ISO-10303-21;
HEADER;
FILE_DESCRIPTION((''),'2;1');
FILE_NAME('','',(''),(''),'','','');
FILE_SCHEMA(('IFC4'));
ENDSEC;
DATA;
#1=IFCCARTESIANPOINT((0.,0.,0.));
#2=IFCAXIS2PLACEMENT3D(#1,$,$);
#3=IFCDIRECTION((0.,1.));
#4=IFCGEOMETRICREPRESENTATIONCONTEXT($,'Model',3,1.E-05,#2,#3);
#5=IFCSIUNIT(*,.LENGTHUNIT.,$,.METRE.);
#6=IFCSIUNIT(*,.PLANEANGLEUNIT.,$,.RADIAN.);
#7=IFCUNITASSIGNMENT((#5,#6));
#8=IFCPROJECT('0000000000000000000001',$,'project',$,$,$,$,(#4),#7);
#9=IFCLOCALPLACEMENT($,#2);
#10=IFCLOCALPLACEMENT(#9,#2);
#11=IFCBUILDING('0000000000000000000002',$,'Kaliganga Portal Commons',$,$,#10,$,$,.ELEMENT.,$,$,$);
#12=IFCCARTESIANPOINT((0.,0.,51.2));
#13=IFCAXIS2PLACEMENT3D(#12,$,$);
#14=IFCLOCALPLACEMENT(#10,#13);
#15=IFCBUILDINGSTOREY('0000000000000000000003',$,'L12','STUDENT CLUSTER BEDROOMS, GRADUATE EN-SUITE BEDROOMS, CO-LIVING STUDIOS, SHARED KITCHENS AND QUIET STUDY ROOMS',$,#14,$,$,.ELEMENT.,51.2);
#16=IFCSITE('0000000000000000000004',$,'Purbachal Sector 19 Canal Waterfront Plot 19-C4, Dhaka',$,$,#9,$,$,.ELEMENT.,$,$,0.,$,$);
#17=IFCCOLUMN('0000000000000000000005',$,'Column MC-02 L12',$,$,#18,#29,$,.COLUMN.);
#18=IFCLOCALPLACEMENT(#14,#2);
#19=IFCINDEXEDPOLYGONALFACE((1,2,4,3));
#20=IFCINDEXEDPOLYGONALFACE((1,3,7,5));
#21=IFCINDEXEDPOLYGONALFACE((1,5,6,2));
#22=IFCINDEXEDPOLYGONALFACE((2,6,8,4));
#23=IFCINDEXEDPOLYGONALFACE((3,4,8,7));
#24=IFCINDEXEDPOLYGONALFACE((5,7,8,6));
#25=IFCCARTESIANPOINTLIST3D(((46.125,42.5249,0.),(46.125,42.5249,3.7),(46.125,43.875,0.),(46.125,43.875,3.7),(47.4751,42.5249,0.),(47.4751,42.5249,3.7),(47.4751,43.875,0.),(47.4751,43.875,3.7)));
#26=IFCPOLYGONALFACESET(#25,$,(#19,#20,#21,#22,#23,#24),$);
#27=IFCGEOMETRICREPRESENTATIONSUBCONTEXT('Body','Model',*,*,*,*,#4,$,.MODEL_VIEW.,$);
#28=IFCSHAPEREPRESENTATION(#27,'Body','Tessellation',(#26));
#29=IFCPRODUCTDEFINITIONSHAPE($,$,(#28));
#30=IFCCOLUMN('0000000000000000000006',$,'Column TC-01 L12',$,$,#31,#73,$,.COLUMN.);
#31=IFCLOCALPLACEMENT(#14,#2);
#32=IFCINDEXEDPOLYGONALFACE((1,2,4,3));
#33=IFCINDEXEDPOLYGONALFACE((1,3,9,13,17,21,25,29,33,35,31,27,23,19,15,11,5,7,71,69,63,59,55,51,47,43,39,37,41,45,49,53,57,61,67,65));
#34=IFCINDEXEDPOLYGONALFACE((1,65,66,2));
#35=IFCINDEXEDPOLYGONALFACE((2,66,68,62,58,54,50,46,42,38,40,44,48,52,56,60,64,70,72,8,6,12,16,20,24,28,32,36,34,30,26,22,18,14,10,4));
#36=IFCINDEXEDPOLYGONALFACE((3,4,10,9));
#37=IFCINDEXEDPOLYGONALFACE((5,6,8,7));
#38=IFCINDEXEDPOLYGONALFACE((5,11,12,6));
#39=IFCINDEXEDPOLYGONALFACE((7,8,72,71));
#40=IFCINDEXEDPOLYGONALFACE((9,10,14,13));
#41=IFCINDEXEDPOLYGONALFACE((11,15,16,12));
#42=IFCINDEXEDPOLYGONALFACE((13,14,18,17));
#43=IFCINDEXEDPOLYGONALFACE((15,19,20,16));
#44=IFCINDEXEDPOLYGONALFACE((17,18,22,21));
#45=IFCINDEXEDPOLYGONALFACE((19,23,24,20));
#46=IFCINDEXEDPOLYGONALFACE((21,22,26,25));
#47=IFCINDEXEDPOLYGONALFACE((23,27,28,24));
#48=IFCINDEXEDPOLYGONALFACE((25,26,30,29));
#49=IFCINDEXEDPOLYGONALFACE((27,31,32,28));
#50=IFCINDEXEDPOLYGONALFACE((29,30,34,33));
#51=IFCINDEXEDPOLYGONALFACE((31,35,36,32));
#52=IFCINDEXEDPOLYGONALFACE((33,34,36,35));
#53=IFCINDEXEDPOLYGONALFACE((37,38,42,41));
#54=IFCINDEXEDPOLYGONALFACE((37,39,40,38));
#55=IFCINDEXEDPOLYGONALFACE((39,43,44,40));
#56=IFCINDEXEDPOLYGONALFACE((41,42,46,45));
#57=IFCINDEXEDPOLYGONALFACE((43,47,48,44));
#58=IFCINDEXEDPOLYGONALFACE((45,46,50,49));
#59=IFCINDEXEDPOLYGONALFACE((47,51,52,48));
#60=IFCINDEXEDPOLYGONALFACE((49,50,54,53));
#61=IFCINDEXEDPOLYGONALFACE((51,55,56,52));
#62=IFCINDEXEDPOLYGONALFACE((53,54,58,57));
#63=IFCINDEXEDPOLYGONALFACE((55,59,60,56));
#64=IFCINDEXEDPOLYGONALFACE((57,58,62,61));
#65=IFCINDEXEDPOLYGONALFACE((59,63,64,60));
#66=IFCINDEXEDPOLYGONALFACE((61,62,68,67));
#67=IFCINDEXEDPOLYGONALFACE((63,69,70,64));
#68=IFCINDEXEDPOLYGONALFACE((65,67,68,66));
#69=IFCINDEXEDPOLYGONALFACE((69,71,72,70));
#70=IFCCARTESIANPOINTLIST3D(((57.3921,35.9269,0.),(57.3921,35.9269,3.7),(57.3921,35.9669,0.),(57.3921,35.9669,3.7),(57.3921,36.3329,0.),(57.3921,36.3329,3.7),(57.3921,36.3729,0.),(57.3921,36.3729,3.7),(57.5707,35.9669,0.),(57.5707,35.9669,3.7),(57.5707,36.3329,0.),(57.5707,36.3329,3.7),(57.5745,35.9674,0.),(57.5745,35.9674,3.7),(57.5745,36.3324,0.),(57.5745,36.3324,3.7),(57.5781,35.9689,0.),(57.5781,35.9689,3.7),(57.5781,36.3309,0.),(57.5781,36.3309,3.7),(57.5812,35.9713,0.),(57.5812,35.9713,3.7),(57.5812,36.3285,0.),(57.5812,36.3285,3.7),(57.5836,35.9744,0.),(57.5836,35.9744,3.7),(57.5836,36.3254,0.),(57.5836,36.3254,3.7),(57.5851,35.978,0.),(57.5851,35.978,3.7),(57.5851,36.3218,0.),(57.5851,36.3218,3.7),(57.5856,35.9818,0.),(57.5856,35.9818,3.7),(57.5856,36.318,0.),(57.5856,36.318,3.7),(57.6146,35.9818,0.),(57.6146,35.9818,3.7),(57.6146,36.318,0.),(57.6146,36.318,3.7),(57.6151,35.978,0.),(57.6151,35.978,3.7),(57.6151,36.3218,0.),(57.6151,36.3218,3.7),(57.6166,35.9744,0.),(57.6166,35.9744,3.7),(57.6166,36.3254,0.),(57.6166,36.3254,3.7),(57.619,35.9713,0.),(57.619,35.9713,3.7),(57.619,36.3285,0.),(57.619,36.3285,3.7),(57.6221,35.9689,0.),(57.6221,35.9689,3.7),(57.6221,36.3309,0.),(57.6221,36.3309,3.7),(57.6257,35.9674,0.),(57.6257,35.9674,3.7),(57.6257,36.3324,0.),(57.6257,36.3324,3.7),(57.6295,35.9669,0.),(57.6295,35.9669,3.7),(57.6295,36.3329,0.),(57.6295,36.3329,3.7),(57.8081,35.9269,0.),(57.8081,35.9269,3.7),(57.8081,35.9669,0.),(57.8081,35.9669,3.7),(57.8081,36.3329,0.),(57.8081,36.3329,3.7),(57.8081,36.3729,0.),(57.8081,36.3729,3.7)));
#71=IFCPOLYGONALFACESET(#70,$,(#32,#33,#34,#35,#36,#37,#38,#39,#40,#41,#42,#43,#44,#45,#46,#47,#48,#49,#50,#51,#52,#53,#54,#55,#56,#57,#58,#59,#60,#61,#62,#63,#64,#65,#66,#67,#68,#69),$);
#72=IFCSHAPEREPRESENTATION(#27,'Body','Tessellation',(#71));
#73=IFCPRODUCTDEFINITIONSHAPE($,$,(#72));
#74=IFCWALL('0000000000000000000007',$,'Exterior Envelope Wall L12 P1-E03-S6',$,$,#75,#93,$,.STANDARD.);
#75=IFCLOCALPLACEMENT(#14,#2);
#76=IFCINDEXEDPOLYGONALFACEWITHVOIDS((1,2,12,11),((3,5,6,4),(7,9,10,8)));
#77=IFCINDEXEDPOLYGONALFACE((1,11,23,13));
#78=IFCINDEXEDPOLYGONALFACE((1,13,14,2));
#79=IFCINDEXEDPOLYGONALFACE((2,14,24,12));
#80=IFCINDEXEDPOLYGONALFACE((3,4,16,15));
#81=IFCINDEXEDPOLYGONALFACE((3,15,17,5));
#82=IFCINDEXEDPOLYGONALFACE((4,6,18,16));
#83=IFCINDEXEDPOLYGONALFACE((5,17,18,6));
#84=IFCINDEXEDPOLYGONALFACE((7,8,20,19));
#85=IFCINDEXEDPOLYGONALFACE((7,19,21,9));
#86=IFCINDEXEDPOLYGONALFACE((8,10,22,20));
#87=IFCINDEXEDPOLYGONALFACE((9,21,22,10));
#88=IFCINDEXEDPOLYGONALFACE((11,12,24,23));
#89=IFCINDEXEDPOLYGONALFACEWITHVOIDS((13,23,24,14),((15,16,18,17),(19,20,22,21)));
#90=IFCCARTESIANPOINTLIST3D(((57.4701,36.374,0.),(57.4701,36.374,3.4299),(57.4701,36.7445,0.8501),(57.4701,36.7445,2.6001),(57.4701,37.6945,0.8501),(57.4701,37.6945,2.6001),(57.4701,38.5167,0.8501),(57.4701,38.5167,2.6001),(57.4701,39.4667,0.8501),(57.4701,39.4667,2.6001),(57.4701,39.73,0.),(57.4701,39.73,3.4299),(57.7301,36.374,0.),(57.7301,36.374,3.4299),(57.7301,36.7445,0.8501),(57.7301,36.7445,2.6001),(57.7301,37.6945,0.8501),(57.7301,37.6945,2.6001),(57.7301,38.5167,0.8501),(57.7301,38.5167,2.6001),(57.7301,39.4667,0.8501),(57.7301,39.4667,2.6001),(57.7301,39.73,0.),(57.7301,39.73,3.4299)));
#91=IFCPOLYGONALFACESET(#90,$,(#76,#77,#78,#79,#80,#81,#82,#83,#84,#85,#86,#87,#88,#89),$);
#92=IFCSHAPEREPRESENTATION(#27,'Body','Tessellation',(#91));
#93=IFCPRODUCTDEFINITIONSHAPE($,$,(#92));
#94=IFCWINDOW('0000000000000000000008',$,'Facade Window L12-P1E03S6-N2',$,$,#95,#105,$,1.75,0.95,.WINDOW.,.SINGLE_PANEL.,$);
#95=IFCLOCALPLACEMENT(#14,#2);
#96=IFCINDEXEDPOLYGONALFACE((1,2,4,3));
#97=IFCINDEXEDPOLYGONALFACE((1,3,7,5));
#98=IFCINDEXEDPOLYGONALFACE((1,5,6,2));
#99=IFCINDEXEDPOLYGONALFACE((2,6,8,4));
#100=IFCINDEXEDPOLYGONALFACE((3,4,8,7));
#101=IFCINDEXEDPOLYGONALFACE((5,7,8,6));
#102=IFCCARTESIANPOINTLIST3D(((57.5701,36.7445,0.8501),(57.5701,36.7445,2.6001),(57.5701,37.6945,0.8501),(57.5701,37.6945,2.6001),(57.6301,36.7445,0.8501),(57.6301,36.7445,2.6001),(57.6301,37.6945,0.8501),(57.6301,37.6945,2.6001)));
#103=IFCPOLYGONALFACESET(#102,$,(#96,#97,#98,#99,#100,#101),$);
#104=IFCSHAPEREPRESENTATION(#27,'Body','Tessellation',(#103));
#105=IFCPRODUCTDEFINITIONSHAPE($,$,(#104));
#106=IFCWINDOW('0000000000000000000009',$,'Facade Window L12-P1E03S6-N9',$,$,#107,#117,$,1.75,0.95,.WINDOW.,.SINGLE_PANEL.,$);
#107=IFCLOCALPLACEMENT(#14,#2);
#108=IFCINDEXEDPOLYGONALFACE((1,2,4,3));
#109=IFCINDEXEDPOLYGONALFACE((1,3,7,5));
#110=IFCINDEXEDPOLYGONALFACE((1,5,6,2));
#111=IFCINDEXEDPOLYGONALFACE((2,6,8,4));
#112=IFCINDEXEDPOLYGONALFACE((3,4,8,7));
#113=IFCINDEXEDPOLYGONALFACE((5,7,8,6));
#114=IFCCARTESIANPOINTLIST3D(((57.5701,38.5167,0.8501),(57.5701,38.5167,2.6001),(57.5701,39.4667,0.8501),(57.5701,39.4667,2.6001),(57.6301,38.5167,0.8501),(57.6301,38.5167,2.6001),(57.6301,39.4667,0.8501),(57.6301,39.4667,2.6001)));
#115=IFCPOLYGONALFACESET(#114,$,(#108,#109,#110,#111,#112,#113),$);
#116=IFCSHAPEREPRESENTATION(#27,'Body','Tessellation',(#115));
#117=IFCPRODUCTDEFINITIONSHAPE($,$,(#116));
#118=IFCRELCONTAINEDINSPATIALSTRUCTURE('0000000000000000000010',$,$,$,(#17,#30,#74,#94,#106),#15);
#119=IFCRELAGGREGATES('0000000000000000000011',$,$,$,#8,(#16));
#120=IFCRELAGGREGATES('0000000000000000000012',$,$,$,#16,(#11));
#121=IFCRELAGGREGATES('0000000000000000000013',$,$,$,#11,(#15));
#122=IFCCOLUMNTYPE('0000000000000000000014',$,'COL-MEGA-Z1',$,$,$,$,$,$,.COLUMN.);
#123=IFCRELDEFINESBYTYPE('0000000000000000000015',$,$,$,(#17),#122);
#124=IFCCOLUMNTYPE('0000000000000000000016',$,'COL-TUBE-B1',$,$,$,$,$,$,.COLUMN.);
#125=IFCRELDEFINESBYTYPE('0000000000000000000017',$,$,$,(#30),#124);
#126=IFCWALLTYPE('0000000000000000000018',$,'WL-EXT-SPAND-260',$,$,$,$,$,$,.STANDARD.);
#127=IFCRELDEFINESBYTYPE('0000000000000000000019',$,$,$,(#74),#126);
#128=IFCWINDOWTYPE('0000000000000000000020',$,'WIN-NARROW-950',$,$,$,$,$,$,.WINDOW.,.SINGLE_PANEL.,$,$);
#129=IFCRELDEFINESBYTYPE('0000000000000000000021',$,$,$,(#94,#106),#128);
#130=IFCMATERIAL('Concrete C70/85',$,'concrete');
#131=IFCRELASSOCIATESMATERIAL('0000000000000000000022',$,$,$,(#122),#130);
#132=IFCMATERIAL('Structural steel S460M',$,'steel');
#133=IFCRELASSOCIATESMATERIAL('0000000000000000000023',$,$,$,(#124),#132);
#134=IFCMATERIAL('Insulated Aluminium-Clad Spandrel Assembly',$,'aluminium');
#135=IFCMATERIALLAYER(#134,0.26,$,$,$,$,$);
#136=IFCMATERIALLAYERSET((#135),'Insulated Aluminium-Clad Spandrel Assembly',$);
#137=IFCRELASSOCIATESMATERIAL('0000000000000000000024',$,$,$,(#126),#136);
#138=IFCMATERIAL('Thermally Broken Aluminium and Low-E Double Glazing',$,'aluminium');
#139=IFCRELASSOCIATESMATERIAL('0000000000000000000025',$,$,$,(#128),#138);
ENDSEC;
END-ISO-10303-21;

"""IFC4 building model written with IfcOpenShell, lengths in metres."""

from ifc_helpers import new_model, si_unit, direction, frame, frame_2d, origin, origin_2d, place, context, subcontext, project, spatial, rectangle, i_section, extrude, source, transform, mapped, material, layer, layer_set, material_profile, profile_set, type_object, element, fill, save


model = new_model("IFC4")

# Units and contexts
model_context = context("Model", 3, precision=1e-05, world=origin(), true_north=direction((0.0, 1.0)))
body_context = subcontext(model_context, "Body", "Model", "MODEL_VIEW")
ifc_project = project(units=[si_unit("LENGTHUNIT", "METRE"), si_unit("PLANEANGLEUNIT", "RADIAN")], contexts=[model_context])

# Site, building, storey
site_placement = place(None, origin())
site = spatial("IfcSite", under=ifc_project, at=site_placement, Name="Purbachal Sector 19 Canal Waterfront Plot 19-C4, Dhaka", CompositionType="ELEMENT", RefElevation=0.0)
building_placement = place(site_placement, origin())
building = spatial("IfcBuilding", under=site, at=building_placement, Name="Kaliganga Portal Commons", CompositionType="ELEMENT")
storey_placement = place(building_placement, frame((0.0, 0.0, 51.2)))
storey = spatial("IfcBuildingStorey", under=building, at=storey_placement, Name="L12", Description="STUDENT CLUSTER BEDROOMS, GRADUATE EN-SUITE BEDROOMS, CO-LIVING STUDIOS, SHARED KITCHENS AND QUIET STUDY ROOMS", CompositionType="ELEMENT", Elevation=51.2)

# Columns
ifc_material_1 = material(Name="Concrete C70/85", Category="concrete")
ifc_material_profile_1 = material_profile(ifc_material_1, rectangle(XDim=1.3501, YDim=1.3501, at=origin_2d()), Name="RC 1350x1350")
ifc_profile_set_1 = profile_set([ifc_material_profile_1], Name="Concrete C70/85")
column_type_1 = type_object("IfcColumnType", Name="COL-MEGA-Z1", PredefinedType="COLUMN", material=ifc_profile_set_1)
shared_shape_1 = source(origin(), body_context, "Body", "SweptSolid", [
    extrude(rectangle(XDim=1.3501, YDim=1.3501, at=origin_2d()), origin(), (0.0, 0.0, 1.0), 3.7),
])
column_1_placement = place(storey_placement, frame((46.8, 43.2, 0.0), z_axis=(0.0, 0.0, 1.0), x_axis=(1.0, 0.0, 0.0)))
element("IfcColumn", 1, at=column_1_placement, inside=storey, type_object=column_type_1, Name="Column MC-02 L12", PredefinedType="COLUMN", context=body_context, shape_type="MappedRepresentation", body=[
    mapped(shared_shape_1, transform((0.0, 0.0, 0.0), x_axis=(1.0, 0.0, 0.0), y_axis=(0.0, 1.0, 0.0), z_axis=(0.0, 0.0, 1.0), scale=1.0)),
])
ifc_material_2 = material(Name="Structural steel S460M", Category="steel")
ifc_material_profile_2 = material_profile(ifc_material_2, i_section(OverallWidth=0.416, OverallDepth=0.446, WebThickness=0.0291, FlangeThickness=0.04, FilletRadius=0.0149, at=origin_2d()), Name="HD 400x509")
ifc_profile_set_2 = profile_set([ifc_material_profile_2], Name="Structural steel S460M wide-flange")
column_type_2 = type_object("IfcColumnType", Name="COL-TUBE-B1", PredefinedType="COLUMN", material=ifc_profile_set_2)
shared_shape_2 = source(origin(), body_context, "Body", "SweptSolid", [
    extrude(i_section(OverallWidth=0.416, OverallDepth=0.446, WebThickness=0.0291, FlangeThickness=0.04, FilletRadius=0.0149, at=origin_2d()), origin(), (0.0, 0.0, 1.0), 3.7),
])
column_2_placement = place(storey_placement, frame((57.6001, 36.1499, 0.0), z_axis=(0.0, 0.0, 1.0), x_axis=(1.0, 0.0, 0.0)))
element("IfcColumn", 2, at=column_2_placement, inside=storey, type_object=column_type_2, Name="Column TC-01 L12", PredefinedType="COLUMN", context=body_context, shape_type="MappedRepresentation", body=[
    mapped(shared_shape_2, transform((0.0, 0.0, 0.0), x_axis=(1.0, 0.0, 0.0), y_axis=(0.0, 1.0, 0.0), z_axis=(0.0, 0.0, 1.0), scale=1.0)),
])

# Wall, openings, windows
ifc_material_3 = material(Name="Insulated Aluminium-Clad Spandrel Assembly", Category="aluminium")
ifc_layer_1 = layer(ifc_material_3, 0.26)
ifc_layer_set_1 = layer_set([ifc_layer_1], Name="Insulated Aluminium-Clad Spandrel Assembly")
wall_type_1 = type_object("IfcWallType", Name="WL-EXT-SPAND-260", PredefinedType="STANDARD", material=ifc_layer_set_1)
wall_1_placement = place(storey_placement, frame((57.6001, 39.73, 0.0), z_axis=(0.0, 0.0, 1.0), x_axis=(0.0, -1.0, 0.0)))
wall_1 = element("IfcWall", 3, at=wall_1_placement, inside=storey, type_object=wall_type_1, Name="Exterior Envelope Wall L12 P1-E03-S6", PredefinedType="STANDARD", context=body_context, shape_type="SweptSolid", body=[
    extrude(rectangle(XDim=3.356, YDim=0.26, at=frame_2d((1.678, 0.0))), origin(), (0.0, 0.0, 1.0), 3.4299),
])
opening_1_placement = place(wall_1_placement, frame((2.0354, 0.0, 0.8501)))
opening_1 = element("IfcOpeningElement", 4, at=opening_1_placement, cuts=wall_1, PredefinedType="OPENING", context=body_context, shape_type="SweptSolid", body=[
    extrude(rectangle(XDim=0.95, YDim=1.75, at=frame_2d((0.4751, 0.875))), frame((0.0, 0.1401, 0.0), z_axis=(0.0, -1.0, 0.0), x_axis=(1.0, 0.0, 0.0)), (0.0, 0.0, 1.0), 0.28),
])
opening_2_placement = place(wall_1_placement, frame((0.2632, 0.0, 0.8501)))
opening_2 = element("IfcOpeningElement", 5, at=opening_2_placement, cuts=wall_1, PredefinedType="OPENING", context=body_context, shape_type="SweptSolid", body=[
    extrude(rectangle(XDim=0.95, YDim=1.75, at=frame_2d((0.4751, 0.875))), frame((0.0, 0.1401, 0.0), z_axis=(0.0, -1.0, 0.0), x_axis=(1.0, 0.0, 0.0)), (0.0, 0.0, 1.0), 0.28),
])
ifc_material_4 = material(Name="Thermally Broken Aluminium and Low-E Double Glazing", Category="aluminium")
window_type_1 = type_object("IfcWindowType", Name="WIN-NARROW-950", PartitioningType="SINGLE_PANEL", PredefinedType="WINDOW", material=ifc_material_4)
window_1_placement = place(opening_1_placement, origin())
window_1 = element("IfcWindow", 6, at=window_1_placement, inside=storey, type_object=window_type_1, Name="Facade Window L12-P1E03S6-N2", OverallHeight=1.75, OverallWidth=0.95, PartitioningType="SINGLE_PANEL", PredefinedType="WINDOW", context=body_context, shape_type="SweptSolid", body=[
    extrude(rectangle(XDim=0.95, YDim=1.75, at=frame_2d((0.4751, 0.875))), frame((0.0, 0.03, 0.0), z_axis=(0.0, -1.0, 0.0), x_axis=(1.0, 0.0, 0.0)), (0.0, 0.0, 1.0), 0.0601),
])
fill(opening_1, window_1)
window_2_placement = place(opening_2_placement, origin())
window_2 = element("IfcWindow", 7, at=window_2_placement, inside=storey, type_object=window_type_1, Name="Facade Window L12-P1E03S6-N9", OverallHeight=1.75, OverallWidth=0.95, PartitioningType="SINGLE_PANEL", PredefinedType="WINDOW", context=body_context, shape_type="SweptSolid", body=[
    extrude(rectangle(XDim=0.95, YDim=1.75, at=frame_2d((0.4751, 0.875))), frame((0.0, 0.03, 0.0), z_axis=(0.0, -1.0, 0.0), x_axis=(1.0, 0.0, 0.0)), (0.0, 0.0, 1.0), 0.0601),
])
fill(opening_2, window_2)

save(model, "model.ifc")
